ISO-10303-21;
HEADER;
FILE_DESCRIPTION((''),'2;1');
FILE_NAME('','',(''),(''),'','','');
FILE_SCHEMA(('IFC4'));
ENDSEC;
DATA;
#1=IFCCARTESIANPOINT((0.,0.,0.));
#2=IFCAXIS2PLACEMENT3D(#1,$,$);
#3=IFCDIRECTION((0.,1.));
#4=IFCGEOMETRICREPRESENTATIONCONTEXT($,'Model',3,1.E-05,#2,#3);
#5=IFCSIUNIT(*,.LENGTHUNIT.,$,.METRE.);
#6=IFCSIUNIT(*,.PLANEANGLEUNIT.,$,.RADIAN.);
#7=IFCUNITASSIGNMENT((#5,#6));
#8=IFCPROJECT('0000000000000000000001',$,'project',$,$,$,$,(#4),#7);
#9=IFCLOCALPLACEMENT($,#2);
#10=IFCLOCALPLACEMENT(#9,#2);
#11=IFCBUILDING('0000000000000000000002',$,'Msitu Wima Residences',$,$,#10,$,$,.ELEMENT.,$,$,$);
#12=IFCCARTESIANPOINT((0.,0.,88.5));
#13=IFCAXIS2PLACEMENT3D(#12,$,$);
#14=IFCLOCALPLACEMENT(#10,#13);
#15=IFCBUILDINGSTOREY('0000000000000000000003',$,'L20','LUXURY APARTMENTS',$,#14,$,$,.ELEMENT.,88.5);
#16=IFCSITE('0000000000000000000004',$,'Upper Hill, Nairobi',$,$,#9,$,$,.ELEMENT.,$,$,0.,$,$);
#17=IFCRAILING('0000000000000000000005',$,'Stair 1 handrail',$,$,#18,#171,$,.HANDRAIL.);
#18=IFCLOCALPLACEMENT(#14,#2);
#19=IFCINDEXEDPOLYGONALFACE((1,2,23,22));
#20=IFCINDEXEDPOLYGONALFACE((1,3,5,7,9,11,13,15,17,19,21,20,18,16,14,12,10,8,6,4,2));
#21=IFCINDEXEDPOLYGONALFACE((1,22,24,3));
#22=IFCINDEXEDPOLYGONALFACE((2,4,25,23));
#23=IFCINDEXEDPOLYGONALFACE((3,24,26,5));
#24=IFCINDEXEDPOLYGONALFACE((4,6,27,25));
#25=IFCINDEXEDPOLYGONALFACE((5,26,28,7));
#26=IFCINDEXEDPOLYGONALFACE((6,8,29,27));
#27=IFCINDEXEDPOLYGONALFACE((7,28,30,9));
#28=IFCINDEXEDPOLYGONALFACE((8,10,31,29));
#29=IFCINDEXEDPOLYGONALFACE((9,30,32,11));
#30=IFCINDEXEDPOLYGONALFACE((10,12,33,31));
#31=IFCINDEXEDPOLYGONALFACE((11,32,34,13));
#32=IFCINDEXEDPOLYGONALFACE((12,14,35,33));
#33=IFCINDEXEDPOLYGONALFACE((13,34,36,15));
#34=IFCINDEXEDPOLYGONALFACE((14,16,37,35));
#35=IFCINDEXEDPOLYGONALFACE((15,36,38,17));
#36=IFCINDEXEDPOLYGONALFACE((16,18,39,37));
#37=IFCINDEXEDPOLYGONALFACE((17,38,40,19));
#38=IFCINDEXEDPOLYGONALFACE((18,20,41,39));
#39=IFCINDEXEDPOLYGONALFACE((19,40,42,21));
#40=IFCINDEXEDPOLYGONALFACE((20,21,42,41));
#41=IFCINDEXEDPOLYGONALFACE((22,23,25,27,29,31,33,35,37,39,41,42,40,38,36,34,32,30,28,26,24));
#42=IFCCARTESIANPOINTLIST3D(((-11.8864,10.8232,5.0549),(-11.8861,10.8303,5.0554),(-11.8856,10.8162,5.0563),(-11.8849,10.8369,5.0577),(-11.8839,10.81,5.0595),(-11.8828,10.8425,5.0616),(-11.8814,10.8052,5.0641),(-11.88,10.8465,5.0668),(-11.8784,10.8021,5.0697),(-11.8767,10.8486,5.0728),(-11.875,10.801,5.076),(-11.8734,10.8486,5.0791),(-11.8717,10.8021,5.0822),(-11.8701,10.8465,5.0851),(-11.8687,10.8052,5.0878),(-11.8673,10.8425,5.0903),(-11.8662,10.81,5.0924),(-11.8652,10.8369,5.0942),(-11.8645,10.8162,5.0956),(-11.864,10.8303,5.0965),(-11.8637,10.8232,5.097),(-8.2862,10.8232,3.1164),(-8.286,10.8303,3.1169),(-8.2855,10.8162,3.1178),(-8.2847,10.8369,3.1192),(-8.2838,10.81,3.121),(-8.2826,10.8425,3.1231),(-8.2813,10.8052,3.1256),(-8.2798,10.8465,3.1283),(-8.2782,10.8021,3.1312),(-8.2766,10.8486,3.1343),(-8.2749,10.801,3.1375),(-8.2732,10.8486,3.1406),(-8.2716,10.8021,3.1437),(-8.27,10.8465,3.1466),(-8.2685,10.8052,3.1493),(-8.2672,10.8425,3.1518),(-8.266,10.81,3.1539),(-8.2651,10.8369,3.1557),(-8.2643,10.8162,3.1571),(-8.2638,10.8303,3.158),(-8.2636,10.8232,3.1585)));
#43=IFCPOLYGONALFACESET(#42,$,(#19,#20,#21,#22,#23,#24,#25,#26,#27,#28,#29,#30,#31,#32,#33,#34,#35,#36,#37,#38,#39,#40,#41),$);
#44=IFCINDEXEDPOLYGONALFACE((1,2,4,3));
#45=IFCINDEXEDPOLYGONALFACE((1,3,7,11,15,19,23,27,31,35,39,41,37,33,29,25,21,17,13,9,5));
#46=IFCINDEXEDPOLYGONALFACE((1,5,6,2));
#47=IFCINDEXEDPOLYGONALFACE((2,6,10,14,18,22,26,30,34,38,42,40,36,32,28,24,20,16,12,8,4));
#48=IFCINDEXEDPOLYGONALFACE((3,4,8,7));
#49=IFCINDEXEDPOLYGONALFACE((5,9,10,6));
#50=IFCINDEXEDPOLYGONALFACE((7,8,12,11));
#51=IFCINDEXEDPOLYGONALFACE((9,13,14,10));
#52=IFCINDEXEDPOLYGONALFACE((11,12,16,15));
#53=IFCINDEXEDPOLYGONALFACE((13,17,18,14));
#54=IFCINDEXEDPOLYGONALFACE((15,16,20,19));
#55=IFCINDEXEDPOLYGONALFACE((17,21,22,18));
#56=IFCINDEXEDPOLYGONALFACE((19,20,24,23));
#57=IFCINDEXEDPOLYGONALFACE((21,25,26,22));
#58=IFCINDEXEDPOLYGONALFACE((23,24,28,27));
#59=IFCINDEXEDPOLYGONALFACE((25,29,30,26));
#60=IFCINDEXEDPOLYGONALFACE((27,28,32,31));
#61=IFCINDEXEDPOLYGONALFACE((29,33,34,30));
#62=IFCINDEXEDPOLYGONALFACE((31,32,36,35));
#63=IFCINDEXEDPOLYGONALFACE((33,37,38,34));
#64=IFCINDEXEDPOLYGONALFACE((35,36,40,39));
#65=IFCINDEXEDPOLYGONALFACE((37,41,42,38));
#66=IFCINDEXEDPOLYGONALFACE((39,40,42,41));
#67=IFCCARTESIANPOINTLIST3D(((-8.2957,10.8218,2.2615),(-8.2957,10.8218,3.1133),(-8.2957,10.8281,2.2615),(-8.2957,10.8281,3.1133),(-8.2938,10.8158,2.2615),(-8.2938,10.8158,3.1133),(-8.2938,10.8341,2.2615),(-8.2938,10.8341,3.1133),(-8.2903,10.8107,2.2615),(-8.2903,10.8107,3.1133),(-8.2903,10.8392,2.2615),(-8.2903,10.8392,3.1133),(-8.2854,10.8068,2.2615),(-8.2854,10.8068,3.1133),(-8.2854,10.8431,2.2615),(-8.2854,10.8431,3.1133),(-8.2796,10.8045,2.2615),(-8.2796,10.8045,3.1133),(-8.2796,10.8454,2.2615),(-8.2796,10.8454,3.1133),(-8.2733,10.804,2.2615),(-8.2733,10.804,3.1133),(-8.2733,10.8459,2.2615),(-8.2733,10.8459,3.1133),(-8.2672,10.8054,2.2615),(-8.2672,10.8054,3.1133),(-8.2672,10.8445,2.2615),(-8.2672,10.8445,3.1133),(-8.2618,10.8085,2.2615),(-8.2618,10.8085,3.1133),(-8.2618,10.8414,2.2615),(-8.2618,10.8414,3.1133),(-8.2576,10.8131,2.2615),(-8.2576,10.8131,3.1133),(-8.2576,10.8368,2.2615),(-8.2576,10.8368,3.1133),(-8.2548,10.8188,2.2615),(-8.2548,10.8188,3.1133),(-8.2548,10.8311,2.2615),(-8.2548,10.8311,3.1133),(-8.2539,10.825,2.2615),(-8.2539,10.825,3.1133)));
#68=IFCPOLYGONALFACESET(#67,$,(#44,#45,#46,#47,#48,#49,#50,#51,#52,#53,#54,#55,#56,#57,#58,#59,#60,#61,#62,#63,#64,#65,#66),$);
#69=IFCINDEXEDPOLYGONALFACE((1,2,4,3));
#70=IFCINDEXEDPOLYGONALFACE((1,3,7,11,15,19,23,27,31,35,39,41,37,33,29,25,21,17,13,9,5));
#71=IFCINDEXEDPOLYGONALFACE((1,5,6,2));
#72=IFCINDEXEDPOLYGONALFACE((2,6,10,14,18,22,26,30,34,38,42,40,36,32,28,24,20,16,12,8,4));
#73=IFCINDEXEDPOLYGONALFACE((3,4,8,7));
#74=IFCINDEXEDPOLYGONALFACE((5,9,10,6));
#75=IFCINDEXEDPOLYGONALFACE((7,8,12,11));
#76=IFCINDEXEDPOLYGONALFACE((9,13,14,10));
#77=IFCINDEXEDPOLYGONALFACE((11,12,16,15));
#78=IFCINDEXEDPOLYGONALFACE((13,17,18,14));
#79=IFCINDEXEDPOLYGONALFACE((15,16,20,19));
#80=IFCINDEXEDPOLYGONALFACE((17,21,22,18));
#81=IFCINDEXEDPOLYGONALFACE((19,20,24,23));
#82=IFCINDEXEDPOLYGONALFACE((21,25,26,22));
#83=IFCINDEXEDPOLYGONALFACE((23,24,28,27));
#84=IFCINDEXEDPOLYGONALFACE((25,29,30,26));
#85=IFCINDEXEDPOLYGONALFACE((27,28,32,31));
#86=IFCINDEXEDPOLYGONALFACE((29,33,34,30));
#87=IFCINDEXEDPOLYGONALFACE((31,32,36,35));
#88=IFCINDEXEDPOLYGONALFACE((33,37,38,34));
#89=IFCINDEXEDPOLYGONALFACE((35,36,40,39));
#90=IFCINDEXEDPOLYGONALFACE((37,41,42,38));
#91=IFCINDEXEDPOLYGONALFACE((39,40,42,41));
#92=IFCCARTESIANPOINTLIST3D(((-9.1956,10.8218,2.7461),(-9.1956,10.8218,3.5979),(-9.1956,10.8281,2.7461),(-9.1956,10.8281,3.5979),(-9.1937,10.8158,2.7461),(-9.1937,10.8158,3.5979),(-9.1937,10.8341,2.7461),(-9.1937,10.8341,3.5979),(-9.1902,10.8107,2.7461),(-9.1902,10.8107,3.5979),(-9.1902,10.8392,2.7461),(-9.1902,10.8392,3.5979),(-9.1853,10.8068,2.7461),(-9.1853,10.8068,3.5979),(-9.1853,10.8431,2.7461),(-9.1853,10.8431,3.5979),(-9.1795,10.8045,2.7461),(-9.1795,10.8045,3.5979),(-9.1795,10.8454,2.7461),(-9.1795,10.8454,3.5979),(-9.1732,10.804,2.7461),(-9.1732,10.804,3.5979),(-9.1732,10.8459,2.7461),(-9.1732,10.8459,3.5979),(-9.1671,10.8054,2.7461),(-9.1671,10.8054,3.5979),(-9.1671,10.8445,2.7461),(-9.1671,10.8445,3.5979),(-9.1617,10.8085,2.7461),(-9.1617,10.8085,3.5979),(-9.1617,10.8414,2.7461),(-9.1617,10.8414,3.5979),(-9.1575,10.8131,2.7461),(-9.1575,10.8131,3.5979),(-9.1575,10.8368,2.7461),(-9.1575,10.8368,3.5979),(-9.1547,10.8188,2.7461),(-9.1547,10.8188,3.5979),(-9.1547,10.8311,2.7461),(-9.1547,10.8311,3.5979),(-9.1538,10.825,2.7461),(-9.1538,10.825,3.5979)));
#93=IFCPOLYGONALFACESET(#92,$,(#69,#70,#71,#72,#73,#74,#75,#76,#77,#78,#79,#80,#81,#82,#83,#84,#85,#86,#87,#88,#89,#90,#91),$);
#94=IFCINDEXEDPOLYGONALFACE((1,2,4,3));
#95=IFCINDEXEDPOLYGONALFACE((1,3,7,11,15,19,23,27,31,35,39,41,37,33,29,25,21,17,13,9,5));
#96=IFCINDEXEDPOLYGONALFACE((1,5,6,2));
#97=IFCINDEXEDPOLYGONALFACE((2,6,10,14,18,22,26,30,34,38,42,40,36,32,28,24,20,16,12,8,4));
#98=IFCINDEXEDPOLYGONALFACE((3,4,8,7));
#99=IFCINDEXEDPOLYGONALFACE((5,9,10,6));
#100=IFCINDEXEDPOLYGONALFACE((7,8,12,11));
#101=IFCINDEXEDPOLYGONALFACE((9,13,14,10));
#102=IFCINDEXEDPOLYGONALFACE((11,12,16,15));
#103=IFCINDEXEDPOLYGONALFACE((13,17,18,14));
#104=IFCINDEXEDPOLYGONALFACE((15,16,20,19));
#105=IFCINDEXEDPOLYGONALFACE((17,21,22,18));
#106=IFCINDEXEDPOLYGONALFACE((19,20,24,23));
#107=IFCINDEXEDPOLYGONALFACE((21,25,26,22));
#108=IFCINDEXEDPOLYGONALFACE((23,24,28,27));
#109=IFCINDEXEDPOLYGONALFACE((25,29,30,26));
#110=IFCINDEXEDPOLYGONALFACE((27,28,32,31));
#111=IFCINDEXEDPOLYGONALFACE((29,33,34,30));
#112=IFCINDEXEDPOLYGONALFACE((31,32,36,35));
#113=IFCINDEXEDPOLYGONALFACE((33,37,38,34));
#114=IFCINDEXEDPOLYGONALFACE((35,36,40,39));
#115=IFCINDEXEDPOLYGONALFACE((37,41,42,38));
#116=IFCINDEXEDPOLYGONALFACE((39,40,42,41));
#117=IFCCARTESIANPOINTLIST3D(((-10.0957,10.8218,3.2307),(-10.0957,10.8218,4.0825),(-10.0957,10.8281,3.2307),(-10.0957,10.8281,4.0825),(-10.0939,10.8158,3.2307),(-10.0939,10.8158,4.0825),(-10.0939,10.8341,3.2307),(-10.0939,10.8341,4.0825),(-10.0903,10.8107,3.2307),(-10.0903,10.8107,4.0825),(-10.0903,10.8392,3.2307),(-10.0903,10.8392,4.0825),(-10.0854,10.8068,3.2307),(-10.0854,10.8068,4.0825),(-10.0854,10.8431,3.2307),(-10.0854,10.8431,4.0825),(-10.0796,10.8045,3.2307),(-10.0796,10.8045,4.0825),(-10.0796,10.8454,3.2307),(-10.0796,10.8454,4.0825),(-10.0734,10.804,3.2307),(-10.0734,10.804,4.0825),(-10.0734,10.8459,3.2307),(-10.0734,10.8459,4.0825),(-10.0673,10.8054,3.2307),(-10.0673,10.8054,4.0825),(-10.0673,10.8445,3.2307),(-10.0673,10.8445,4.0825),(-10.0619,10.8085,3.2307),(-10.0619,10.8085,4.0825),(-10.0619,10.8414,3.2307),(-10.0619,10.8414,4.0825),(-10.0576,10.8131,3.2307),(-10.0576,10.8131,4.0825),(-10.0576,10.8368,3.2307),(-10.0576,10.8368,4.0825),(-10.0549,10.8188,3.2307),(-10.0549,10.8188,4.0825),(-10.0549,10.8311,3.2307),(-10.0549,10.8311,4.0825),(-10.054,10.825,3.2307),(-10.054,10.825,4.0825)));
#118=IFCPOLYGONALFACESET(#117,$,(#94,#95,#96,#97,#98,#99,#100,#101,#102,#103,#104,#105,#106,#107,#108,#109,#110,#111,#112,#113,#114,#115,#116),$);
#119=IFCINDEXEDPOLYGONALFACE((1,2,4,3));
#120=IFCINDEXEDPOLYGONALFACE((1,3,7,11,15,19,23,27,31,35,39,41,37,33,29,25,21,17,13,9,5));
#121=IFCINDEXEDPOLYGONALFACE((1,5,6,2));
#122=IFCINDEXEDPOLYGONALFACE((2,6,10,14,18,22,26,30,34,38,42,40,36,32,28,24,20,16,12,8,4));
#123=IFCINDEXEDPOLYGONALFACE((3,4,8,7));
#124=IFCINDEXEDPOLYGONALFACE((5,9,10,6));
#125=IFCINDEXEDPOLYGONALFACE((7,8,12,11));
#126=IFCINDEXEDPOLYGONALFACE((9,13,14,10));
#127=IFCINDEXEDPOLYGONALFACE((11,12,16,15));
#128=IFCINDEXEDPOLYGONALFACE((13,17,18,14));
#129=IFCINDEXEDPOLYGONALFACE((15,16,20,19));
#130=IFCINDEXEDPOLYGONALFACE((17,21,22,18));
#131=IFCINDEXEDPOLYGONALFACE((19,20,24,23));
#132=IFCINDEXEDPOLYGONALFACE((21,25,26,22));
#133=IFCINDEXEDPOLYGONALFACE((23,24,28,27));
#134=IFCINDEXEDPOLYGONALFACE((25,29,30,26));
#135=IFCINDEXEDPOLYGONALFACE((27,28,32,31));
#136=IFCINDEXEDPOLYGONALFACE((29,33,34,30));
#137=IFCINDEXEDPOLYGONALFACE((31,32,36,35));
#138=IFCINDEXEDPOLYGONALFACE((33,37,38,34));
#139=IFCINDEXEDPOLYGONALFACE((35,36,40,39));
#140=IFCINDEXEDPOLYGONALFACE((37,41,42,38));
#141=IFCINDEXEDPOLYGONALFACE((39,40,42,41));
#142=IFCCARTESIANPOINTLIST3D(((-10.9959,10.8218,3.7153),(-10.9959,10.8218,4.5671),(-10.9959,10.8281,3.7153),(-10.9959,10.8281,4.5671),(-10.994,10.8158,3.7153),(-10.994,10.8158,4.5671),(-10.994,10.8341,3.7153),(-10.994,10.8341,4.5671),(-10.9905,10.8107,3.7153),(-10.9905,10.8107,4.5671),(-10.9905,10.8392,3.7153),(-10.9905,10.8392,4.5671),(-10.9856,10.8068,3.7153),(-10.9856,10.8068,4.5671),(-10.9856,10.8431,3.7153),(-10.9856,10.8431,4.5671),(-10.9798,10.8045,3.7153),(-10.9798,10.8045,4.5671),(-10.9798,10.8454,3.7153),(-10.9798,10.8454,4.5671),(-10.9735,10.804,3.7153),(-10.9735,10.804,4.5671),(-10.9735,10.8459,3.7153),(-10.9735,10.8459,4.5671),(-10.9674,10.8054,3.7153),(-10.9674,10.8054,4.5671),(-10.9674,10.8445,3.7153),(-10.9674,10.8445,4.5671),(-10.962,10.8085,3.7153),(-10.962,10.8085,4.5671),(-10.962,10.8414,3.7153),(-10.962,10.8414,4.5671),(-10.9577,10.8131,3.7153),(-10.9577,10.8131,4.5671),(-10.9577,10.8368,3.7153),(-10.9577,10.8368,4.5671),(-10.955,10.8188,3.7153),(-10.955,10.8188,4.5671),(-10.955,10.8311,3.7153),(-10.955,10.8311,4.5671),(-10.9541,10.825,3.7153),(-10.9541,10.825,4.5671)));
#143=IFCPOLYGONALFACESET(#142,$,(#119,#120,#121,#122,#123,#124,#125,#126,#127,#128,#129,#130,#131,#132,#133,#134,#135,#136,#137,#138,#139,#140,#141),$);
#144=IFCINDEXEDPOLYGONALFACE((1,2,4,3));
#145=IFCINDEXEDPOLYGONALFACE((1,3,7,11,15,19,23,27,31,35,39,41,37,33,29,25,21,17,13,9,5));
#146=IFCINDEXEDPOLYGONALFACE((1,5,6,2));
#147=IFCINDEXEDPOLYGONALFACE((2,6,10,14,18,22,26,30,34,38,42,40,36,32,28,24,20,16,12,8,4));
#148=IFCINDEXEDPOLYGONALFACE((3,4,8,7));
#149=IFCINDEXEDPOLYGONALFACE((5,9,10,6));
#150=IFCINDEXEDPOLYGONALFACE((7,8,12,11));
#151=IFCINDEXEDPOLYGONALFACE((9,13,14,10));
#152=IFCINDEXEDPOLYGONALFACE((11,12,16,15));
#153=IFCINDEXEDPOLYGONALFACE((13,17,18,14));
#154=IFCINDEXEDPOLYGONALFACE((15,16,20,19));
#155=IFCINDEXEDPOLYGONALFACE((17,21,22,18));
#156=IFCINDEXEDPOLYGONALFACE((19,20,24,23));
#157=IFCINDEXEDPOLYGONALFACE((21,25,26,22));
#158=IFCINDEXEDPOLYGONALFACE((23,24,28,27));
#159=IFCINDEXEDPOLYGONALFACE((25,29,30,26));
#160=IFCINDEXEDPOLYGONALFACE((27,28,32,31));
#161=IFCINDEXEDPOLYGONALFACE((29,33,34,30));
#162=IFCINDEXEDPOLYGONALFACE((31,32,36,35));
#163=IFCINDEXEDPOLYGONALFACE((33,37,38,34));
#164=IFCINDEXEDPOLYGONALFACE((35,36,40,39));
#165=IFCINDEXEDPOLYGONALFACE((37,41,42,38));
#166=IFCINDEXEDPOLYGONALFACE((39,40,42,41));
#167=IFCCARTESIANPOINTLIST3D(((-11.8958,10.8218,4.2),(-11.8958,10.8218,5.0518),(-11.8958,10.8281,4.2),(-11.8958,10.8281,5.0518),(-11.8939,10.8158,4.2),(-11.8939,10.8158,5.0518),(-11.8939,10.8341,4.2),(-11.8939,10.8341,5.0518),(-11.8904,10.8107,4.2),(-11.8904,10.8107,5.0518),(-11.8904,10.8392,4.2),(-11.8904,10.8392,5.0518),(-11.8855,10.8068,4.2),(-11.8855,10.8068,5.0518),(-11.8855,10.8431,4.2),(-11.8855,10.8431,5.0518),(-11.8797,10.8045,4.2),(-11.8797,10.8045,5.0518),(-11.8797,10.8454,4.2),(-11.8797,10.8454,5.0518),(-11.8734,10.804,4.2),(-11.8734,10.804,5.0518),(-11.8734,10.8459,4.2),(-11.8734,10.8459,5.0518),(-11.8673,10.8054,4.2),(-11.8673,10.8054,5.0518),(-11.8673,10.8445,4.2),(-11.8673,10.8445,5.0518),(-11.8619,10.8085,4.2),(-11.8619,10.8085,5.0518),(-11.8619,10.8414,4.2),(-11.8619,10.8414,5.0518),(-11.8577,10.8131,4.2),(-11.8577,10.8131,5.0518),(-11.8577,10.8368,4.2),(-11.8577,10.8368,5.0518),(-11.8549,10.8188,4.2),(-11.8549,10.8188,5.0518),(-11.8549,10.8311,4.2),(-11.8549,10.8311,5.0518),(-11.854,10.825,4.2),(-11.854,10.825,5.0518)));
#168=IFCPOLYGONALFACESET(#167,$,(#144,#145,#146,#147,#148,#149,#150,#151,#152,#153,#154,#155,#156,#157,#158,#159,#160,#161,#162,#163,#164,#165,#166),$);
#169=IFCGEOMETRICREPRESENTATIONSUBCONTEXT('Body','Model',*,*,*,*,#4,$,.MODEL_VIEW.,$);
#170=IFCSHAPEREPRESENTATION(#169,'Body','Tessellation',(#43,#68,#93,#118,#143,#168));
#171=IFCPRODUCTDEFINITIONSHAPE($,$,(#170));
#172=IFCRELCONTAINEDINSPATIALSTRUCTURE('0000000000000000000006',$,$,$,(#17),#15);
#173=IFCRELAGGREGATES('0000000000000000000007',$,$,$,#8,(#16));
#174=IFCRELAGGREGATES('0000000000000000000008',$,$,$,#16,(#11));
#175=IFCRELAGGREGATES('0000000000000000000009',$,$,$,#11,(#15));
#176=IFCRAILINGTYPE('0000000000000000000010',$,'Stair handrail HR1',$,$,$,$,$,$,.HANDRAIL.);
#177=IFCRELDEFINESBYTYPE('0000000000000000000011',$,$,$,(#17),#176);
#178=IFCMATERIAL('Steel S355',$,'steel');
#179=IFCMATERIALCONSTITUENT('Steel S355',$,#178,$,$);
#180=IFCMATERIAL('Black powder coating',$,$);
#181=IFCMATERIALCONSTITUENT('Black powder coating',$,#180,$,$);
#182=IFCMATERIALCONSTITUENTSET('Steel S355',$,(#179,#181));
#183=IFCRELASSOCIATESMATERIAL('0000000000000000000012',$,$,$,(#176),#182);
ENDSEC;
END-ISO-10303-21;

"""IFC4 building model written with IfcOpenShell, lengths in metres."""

from ifc_helpers import new_model, si_unit, direction, frame, origin, origin_2d, place, context, subcontext, project, spatial, circle, extrude, material, constituent, constituent_set, type_object, element, save


model = new_model("IFC4")

# Units and contexts
model_context = context("Model", 3, precision=1e-05, world=origin(), true_north=direction((0.0, 1.0)))
body_context = subcontext(model_context, "Body", "Model", "MODEL_VIEW")
ifc_project = project(units=[si_unit("LENGTHUNIT", "METRE"), si_unit("PLANEANGLEUNIT", "RADIAN")], contexts=[model_context])

# Site, building, storey
site_placement = place(None, origin())
site = spatial("IfcSite", under=ifc_project, at=site_placement, Name="Upper Hill, Nairobi", CompositionType="ELEMENT", RefElevation=0.0)
building_placement = place(site_placement, origin())
building = spatial("IfcBuilding", under=site, at=building_placement, Name="Msitu Wima Residences", CompositionType="ELEMENT")
storey_placement = place(building_placement, frame((0.0, 0.0, 88.5)))
storey = spatial("IfcBuildingStorey", under=building, at=storey_placement, Name="L20", Description="LUXURY APARTMENTS", CompositionType="ELEMENT", Elevation=88.5)

# Railing
ifc_material_1 = material(Name="Steel S355", Category="steel")
ifc_constituent_1 = constituent(ifc_material_1, Name="Steel S355")
ifc_material_2 = material(Name="Black powder coating")
ifc_constituent_2 = constituent(ifc_material_2, Name="Black powder coating")
ifc_constituent_set = constituent_set(constituents=[ifc_constituent_1, ifc_constituent_2], Name="Steel S355")
railing_type = type_object("IfcRailingType", Name="Stair handrail HR1", PredefinedType="HANDRAIL", material=ifc_constituent_set)
railing_placement = place(storey_placement, frame((-8.2749, 10.825, 2.2615)))
element("IfcRailing", 1, at=railing_placement, inside=storey, type_object=railing_type, Name="Stair 1 handrail", PredefinedType="HANDRAIL", context=body_context, shape_type="SweptSolid", body=[
    extrude(circle(Radius=0.0239, at=origin_2d()), frame((0.0, 0.0, 0.876), z_axis=(-0.880475, 0.0, 0.474093), x_axis=(0.0, -1.0, 0.0)), (0.0, 0.0, 1.0), 4.0889),
    extrude(circle(Radius=0.021, at=origin_2d()), origin(), (0.0, 0.0, 1.0), 0.8518),
    extrude(circle(Radius=0.021, at=origin_2d()), frame((-0.8999, 0.0, 0.4846)), (0.0, 0.0, 1.0), 0.8518),
    extrude(circle(Radius=0.021, at=origin_2d()), frame((-1.8, 0.0, 0.9692)), (0.0, 0.0, 1.0), 0.8518),
    extrude(circle(Radius=0.021, at=origin_2d()), frame((-2.7002, 0.0, 1.4539)), (0.0, 0.0, 1.0), 0.8518),
    extrude(circle(Radius=0.021, at=origin_2d()), frame((-3.6001, 0.0, 1.9385)), (0.0, 0.0, 1.0), 0.8518),
])

save(model, "model.ifc")
